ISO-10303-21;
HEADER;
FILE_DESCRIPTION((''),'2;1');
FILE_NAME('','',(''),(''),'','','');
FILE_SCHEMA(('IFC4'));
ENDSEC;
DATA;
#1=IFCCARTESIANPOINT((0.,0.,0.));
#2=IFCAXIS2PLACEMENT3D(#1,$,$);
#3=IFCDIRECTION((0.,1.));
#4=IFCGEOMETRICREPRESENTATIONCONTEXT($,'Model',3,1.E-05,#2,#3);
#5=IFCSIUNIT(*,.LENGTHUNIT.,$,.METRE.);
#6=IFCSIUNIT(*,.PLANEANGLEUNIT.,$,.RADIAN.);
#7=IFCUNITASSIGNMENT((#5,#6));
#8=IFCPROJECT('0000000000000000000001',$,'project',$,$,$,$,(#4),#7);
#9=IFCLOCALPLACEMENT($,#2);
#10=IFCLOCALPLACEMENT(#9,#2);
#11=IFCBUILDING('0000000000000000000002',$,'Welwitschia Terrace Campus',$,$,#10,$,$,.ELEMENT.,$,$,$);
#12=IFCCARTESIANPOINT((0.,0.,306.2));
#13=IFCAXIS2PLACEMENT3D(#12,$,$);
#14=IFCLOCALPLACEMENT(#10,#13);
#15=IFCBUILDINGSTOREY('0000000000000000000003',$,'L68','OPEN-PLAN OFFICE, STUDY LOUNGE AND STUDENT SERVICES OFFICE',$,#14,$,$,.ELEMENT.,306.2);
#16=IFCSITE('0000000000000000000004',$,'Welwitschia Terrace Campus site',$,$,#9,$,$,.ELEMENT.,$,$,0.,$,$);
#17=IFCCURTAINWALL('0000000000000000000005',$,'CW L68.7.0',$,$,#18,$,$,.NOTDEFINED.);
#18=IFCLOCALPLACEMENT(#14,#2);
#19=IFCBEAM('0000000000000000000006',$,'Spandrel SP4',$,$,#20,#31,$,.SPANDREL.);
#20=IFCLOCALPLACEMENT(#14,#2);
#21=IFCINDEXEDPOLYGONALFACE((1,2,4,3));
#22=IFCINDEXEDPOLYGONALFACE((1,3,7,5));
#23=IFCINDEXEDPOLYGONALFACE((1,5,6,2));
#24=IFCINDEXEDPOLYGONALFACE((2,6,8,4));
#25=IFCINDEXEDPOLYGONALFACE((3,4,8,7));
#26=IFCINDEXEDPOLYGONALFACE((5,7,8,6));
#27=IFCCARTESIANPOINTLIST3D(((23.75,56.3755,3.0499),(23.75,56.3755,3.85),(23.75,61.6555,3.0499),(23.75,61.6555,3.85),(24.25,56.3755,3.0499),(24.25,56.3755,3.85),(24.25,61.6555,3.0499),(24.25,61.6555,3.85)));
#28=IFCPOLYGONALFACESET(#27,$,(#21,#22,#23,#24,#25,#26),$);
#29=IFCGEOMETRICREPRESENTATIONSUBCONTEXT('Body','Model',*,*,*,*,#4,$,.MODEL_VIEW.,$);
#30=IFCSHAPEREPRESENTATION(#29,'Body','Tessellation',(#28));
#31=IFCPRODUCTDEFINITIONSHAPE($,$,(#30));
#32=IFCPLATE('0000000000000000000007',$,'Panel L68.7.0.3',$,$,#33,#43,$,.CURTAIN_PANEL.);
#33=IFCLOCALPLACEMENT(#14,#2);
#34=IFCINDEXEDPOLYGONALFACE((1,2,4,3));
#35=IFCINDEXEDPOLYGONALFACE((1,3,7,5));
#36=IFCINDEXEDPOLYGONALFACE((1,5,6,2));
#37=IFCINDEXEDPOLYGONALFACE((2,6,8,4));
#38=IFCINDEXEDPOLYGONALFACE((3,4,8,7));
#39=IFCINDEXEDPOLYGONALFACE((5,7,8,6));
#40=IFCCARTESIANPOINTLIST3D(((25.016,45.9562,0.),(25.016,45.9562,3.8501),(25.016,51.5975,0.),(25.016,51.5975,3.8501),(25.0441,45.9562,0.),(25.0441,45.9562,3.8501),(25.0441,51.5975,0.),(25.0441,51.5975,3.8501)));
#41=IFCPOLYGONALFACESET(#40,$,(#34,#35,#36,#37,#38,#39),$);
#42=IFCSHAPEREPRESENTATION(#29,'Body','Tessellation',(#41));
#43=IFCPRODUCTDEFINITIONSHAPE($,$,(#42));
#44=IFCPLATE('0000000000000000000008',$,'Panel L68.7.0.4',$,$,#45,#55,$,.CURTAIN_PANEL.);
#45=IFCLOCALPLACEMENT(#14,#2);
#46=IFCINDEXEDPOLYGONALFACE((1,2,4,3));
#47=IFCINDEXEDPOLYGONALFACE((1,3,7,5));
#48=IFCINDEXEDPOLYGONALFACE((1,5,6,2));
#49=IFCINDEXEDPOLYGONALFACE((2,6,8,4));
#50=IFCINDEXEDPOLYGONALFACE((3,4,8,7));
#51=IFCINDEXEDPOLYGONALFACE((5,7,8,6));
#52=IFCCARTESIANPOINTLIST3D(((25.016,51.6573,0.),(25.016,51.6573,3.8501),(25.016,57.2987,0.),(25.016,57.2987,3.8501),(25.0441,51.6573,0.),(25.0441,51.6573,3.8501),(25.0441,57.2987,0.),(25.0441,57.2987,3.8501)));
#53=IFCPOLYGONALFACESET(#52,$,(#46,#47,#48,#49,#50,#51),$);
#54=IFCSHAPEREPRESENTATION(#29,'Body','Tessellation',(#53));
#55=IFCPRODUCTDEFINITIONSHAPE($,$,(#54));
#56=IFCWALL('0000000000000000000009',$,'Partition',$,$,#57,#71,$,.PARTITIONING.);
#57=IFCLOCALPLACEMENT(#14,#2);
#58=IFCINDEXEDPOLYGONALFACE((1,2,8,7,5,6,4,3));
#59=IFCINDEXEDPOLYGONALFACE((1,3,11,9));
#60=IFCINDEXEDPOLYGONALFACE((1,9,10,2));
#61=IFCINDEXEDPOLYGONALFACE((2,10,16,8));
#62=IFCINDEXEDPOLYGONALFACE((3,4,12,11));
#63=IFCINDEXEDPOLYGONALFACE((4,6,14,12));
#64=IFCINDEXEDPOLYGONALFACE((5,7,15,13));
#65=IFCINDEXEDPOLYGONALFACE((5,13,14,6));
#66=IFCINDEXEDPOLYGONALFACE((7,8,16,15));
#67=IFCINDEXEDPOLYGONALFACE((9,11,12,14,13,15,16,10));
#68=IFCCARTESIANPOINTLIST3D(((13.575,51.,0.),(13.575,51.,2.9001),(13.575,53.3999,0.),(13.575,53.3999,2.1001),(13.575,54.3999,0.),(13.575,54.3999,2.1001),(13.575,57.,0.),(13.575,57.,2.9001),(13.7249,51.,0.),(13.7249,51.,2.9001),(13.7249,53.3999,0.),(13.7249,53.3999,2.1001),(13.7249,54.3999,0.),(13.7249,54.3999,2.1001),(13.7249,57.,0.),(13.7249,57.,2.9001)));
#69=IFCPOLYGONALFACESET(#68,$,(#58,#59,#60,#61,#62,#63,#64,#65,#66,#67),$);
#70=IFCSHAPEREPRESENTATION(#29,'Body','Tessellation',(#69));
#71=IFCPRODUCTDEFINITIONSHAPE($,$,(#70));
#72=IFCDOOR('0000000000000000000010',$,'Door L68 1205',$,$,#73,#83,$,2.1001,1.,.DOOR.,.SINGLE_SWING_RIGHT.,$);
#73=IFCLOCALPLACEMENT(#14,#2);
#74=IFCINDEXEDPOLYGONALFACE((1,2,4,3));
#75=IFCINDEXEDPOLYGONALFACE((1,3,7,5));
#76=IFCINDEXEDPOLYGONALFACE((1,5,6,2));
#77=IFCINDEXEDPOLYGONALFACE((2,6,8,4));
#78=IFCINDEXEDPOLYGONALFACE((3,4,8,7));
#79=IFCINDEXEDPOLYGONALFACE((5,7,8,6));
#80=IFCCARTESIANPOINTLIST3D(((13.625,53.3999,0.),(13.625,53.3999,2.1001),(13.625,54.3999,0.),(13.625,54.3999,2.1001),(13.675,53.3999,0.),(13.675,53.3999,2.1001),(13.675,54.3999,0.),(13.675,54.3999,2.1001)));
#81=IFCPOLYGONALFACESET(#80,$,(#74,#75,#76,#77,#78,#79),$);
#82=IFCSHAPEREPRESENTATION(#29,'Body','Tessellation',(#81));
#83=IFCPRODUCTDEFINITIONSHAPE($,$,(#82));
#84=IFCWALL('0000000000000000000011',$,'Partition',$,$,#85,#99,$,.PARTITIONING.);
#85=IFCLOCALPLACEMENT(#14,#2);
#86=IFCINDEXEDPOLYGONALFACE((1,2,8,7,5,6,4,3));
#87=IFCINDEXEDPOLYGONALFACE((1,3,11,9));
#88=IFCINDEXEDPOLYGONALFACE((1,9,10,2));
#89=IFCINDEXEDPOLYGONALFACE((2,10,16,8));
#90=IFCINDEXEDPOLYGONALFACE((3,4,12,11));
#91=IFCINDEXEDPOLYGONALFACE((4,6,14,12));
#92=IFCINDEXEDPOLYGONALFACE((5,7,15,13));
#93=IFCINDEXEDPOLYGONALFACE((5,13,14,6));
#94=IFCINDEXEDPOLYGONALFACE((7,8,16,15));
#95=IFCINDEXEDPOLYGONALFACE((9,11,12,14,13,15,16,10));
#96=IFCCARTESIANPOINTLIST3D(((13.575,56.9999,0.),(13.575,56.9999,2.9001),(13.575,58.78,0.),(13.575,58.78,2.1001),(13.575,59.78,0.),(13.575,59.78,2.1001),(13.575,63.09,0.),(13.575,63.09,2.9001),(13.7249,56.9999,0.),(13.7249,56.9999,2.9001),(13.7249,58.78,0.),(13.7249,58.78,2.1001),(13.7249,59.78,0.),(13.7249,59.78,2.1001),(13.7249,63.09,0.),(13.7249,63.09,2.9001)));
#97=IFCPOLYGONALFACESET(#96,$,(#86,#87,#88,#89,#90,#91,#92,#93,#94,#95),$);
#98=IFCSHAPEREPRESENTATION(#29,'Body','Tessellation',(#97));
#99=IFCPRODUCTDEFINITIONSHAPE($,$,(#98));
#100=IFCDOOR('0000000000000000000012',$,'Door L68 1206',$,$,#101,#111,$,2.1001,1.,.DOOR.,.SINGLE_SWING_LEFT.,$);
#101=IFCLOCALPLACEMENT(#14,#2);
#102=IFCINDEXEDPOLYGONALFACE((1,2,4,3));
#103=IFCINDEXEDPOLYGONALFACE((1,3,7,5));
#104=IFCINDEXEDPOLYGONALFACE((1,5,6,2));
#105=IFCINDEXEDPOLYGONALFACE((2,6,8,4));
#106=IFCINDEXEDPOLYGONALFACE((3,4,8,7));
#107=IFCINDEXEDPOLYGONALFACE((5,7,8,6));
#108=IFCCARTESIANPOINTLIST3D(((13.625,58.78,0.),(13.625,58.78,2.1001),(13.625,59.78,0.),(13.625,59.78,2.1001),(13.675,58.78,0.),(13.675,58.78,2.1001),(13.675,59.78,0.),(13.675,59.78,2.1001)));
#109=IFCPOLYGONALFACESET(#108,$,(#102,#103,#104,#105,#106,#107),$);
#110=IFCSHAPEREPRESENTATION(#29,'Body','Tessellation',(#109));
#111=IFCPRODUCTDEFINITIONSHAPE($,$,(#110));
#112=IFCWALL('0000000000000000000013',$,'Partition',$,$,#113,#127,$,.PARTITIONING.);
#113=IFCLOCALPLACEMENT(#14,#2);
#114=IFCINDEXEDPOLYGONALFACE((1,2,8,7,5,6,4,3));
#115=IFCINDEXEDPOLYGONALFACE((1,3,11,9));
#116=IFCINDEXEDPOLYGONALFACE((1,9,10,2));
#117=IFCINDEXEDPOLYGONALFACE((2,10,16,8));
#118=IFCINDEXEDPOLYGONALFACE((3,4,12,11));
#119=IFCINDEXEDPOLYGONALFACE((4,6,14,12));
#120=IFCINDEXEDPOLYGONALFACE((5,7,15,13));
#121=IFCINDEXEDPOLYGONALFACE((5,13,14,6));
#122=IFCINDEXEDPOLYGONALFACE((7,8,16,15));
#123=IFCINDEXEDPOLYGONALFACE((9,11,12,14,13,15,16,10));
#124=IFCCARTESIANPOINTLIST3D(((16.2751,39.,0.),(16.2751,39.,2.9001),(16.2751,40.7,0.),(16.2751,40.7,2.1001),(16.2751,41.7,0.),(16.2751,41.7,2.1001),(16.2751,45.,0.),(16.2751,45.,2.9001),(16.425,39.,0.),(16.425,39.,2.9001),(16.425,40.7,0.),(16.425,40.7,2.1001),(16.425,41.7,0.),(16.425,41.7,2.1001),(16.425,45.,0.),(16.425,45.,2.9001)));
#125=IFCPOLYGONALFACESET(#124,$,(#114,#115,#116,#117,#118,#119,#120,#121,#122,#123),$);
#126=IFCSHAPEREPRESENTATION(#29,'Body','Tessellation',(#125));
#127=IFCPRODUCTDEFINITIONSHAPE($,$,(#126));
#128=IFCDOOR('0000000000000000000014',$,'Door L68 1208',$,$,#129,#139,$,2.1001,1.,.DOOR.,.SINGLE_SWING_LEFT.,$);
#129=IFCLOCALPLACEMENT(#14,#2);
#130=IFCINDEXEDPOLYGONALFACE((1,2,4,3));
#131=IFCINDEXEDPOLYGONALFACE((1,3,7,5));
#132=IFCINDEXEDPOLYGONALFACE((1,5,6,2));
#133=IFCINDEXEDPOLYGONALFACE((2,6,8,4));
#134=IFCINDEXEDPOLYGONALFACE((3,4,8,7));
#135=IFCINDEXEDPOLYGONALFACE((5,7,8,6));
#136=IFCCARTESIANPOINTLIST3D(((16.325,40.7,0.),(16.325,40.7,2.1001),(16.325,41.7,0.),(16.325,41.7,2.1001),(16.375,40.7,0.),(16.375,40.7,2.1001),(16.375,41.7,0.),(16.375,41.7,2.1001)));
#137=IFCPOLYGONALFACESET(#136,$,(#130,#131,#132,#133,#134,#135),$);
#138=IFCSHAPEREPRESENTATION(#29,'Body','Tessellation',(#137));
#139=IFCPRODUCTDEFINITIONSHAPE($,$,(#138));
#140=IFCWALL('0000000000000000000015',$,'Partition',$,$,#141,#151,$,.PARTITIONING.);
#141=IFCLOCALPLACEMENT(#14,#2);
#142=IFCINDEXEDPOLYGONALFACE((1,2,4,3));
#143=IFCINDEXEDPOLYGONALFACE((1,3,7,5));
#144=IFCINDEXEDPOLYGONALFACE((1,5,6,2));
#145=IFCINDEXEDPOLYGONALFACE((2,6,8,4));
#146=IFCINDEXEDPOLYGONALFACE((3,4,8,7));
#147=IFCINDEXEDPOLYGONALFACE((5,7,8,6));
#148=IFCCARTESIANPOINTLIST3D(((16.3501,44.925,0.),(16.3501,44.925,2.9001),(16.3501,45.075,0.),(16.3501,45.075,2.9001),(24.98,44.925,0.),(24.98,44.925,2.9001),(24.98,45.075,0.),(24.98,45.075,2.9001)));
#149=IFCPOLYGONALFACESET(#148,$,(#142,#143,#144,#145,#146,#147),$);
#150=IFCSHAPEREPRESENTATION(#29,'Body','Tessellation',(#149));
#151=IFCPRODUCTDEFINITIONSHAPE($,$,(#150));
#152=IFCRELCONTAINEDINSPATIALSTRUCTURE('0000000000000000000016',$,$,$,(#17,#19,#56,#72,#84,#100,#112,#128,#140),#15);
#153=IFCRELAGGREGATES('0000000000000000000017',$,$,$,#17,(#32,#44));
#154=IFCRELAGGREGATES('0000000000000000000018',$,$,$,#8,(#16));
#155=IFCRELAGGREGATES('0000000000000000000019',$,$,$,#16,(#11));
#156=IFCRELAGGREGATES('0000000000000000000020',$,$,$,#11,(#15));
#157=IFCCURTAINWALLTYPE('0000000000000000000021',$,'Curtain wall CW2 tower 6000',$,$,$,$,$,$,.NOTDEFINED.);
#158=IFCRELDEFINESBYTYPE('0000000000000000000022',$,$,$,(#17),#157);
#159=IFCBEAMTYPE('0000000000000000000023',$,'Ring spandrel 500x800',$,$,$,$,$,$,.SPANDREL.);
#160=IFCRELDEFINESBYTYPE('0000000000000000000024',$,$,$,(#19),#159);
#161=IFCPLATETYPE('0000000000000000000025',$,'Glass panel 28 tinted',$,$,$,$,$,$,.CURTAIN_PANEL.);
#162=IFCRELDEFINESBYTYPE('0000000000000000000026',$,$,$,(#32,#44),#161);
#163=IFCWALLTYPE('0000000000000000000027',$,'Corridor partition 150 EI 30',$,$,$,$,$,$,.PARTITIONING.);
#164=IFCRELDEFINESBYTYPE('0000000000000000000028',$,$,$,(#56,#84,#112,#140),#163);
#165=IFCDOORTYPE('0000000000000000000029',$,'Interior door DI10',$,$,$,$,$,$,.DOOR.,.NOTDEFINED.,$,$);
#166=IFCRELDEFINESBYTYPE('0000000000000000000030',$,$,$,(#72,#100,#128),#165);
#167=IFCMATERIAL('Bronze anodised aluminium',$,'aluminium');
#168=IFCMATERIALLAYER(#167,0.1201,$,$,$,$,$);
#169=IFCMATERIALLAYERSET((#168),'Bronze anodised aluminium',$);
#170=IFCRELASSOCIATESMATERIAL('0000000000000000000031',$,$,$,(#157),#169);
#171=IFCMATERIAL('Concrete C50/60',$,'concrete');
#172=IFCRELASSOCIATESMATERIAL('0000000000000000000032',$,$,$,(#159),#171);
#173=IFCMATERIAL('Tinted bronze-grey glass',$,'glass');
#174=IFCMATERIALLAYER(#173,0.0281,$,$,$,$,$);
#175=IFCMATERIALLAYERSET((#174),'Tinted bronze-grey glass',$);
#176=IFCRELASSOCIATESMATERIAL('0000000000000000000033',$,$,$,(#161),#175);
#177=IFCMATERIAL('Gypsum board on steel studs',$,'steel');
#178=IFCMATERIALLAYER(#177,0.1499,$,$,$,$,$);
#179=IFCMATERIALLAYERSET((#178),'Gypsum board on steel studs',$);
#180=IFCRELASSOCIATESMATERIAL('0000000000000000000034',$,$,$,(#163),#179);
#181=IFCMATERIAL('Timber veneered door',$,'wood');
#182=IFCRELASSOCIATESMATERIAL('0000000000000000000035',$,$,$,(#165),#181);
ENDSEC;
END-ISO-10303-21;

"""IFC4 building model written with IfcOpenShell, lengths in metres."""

from ifc_helpers import new_model, si_unit, direction, frame, frame_2d, origin, origin_2d, place, context, subcontext, project, spatial, rectangle, extrude, material, layer, layer_set, material_profile, profile_set, type_object, element, fill, aggregate, save


model = new_model("IFC4")

# Units and contexts
model_context = context("Model", 3, precision=1e-05, world=origin(), true_north=direction((0.0, 1.0)))
body_context = subcontext(model_context, "Body", "Model", "MODEL_VIEW")
ifc_project = project(units=[si_unit("LENGTHUNIT", "METRE"), si_unit("PLANEANGLEUNIT", "RADIAN")], contexts=[model_context])

# Site, building, storey
site_placement = place(None, origin())
site = spatial("IfcSite", under=ifc_project, at=site_placement, Name="Welwitschia Terrace Campus site", CompositionType="ELEMENT", RefElevation=0.0)
building_placement = place(site_placement, origin())
building = spatial("IfcBuilding", under=site, at=building_placement, Name="Welwitschia Terrace Campus", CompositionType="ELEMENT")
storey_placement = place(building_placement, frame((0.0, 0.0, 306.2)))
storey = spatial("IfcBuildingStorey", under=building, at=storey_placement, Name="L68", Description="OPEN-PLAN OFFICE, STUDY LOUNGE AND STUDENT SERVICES OFFICE", CompositionType="ELEMENT", Elevation=306.2)

# Curtain wall
ifc_material_1 = material(Name="Bronze anodised aluminium", Category="aluminium")
ifc_layer_1 = layer(ifc_material_1, 0.1201)
ifc_layer_set_1 = layer_set([ifc_layer_1], Name="Bronze anodised aluminium")
curtain_wall_type = type_object("IfcCurtainWallType", Name="Curtain wall CW2 tower 6000", PredefinedType="NOTDEFINED", material=ifc_layer_set_1)
curtain_wall_placement = place(storey_placement, origin())
curtain_wall = element("IfcCurtainWall", 1, at=curtain_wall_placement, inside=storey, type_object=curtain_wall_type, Name="CW L68.7.0", PredefinedType="NOTDEFINED")

# Beam
ifc_material_2 = material(Name="Concrete C50/60", Category="concrete")
ifc_material_profile_1 = material_profile(ifc_material_2, rectangle(XDim=0.5, YDim=0.8, at=origin_2d()))
ifc_profile_set_1 = profile_set([ifc_material_profile_1], Name="Concrete C50/60")
beam_type_1 = type_object("IfcBeamType", Name="Ring spandrel 500x800", PredefinedType="SPANDREL", material=ifc_profile_set_1)
beam_1_placement = place(storey_placement, frame((24.0, 56.3755, 3.45), z_axis=(0.0, 1.0, 0.0), x_axis=(-1.0, 0.0, 0.0)))
element("IfcBeam", 2, at=beam_1_placement, inside=storey, type_object=beam_type_1, Name="Spandrel SP4", PredefinedType="SPANDREL", context=body_context, shape_type="SweptSolid", body=[
    extrude(rectangle(XDim=0.5, YDim=0.8, at=origin_2d()), origin(), (0.0, 0.0, 1.0), 5.28),
])

# Plates
ifc_material_3 = material(Name="Tinted bronze-grey glass", Category="glass")
ifc_layer_2 = layer(ifc_material_3, 0.0281)
ifc_layer_set_2 = layer_set([ifc_layer_2], Name="Tinted bronze-grey glass")
plate_type = type_object("IfcPlateType", Name="Glass panel 28 tinted", PredefinedType="CURTAIN_PANEL", material=ifc_layer_set_2)
plate_1_placement = place(storey_placement, frame((25.03, 48.7769, 0.0), z_axis=(0.0, 0.0, 1.0), x_axis=(0.0, 1.0, 0.0)))
plate_1 = element("IfcPlate", 3, at=plate_1_placement, type_object=plate_type, Name="Panel L68.7.0.3", PredefinedType="CURTAIN_PANEL", context=body_context, shape_type="SweptSolid", body=[
    extrude(rectangle(XDim=5.6414, YDim=0.0281, at=origin_2d()), origin(), (0.0, 0.0, 1.0), 3.8501),
])
plate_2_placement = place(storey_placement, frame((25.03, 54.478, 0.0), z_axis=(0.0, 0.0, 1.0), x_axis=(0.0, 1.0, 0.0)))
plate_2 = element("IfcPlate", 4, at=plate_2_placement, type_object=plate_type, Name="Panel L68.7.0.4", PredefinedType="CURTAIN_PANEL", context=body_context, shape_type="SweptSolid", body=[
    extrude(rectangle(XDim=5.6414, YDim=0.0281, at=origin_2d()), origin(), (0.0, 0.0, 1.0), 3.8501),
])
aggregate(curtain_wall, [plate_1, plate_2])

# Walls, openings, doors
ifc_material_4 = material(Name="Gypsum board on steel studs", Category="steel")
ifc_layer_3 = layer(ifc_material_4, 0.1499)
ifc_layer_set_3 = layer_set([ifc_layer_3], Name="Gypsum board on steel studs")
wall_type = type_object("IfcWallType", Name="Corridor partition 150 EI 30", PredefinedType="PARTITIONING", material=ifc_layer_set_3)
wall_1_placement = place(storey_placement, frame((13.6499, 51.0, 0.0), z_axis=(0.0, 0.0, 1.0), x_axis=(0.0, 1.0, 0.0)))
wall_1 = element("IfcWall", 5, at=wall_1_placement, inside=storey, type_object=wall_type, Name="Partition", PredefinedType="PARTITIONING", context=body_context, shape_type="SweptSolid", body=[
    extrude(rectangle(XDim=6.0, YDim=0.1499, at=frame_2d((3.0, 0.0))), origin(), (0.0, 0.0, 1.0), 2.9001),
])
opening_1_placement = place(wall_1_placement, frame((2.3999, 0.0, 0.0)))
opening_1 = element("IfcOpeningElement", 6, at=opening_1_placement, cuts=wall_1, PredefinedType="OPENING", context=body_context, shape_type="SweptSolid", body=[
    extrude(rectangle(XDim=1.0, YDim=2.1001, at=frame_2d((0.5, 1.05))), frame((0.0, 0.085, 0.0), z_axis=(0.0, -1.0, 0.0), x_axis=(1.0, 0.0, 0.0)), (0.0, 0.0, 1.0), 0.1699),
])
ifc_material_5 = material(Name="Timber veneered door", Category="wood")
door_type_1 = type_object("IfcDoorType", Name="Interior door DI10", OperationType="NOTDEFINED", PredefinedType="DOOR", material=ifc_material_5)
door_1_placement = place(opening_1_placement, origin())
door_1 = element("IfcDoor", 7, at=door_1_placement, inside=storey, type_object=door_type_1, Name="Door L68 1205", OperationType="SINGLE_SWING_RIGHT", OverallHeight=2.1001, OverallWidth=1.0, PredefinedType="DOOR", context=body_context, shape_type="SweptSolid", body=[
    extrude(rectangle(XDim=1.0, YDim=2.1001, at=frame_2d((0.5, 1.05))), frame((0.0, 0.0249, 0.0), z_axis=(0.0, -1.0, 0.0), x_axis=(1.0, 0.0, 0.0)), (0.0, 0.0, 1.0), 0.05),
])
fill(opening_1, door_1)
wall_2_placement = place(storey_placement, frame((13.6499, 57.0, 0.0), z_axis=(0.0, 0.0, 1.0), x_axis=(0.0, 1.0, 0.0)))
wall_2 = element("IfcWall", 8, at=wall_2_placement, inside=storey, type_object=wall_type, Name="Partition", PredefinedType="PARTITIONING", context=body_context, shape_type="SweptSolid", body=[
    extrude(rectangle(XDim=6.0901, YDim=0.1499, at=frame_2d((3.0449, 0.0))), origin(), (0.0, 0.0, 1.0), 2.9001),
])
opening_2_placement = place(wall_2_placement, frame((1.78, 0.0, 0.0)))
opening_2 = element("IfcOpeningElement", 9, at=opening_2_placement, cuts=wall_2, PredefinedType="OPENING", context=body_context, shape_type="SweptSolid", body=[
    extrude(rectangle(XDim=1.0, YDim=2.1001, at=frame_2d((0.5, 1.05))), frame((0.0, 0.085, 0.0), z_axis=(0.0, -1.0, 0.0), x_axis=(1.0, 0.0, 0.0)), (0.0, 0.0, 1.0), 0.1699),
])
door_2_placement = place(opening_2_placement, origin())
door_2 = element("IfcDoor", 10, at=door_2_placement, inside=storey, type_object=door_type_1, Name="Door L68 1206", OperationType="SINGLE_SWING_LEFT", OverallHeight=2.1001, OverallWidth=1.0, PredefinedType="DOOR", context=body_context, shape_type="SweptSolid", body=[
    extrude(rectangle(XDim=1.0, YDim=2.1001, at=frame_2d((0.5, 1.05))), frame((0.0, 0.0249, 0.0), z_axis=(0.0, -1.0, 0.0), x_axis=(1.0, 0.0, 0.0)), (0.0, 0.0, 1.0), 0.05),
])
fill(opening_2, door_2)
wall_3_placement = place(storey_placement, frame((16.3501, 45.0, 0.0), z_axis=(0.0, 0.0, 1.0), x_axis=(0.0, -1.0, 0.0)))
wall_3 = element("IfcWall", 11, at=wall_3_placement, inside=storey, type_object=wall_type, Name="Partition", PredefinedType="PARTITIONING", context=body_context, shape_type="SweptSolid", body=[
    extrude(rectangle(XDim=6.0, YDim=0.1499, at=frame_2d((3.0, 0.0))), origin(), (0.0, 0.0, 1.0), 2.9001),
])
opening_3_placement = place(wall_3_placement, frame((3.3, 0.0, 0.0)))
opening_3 = element("IfcOpeningElement", 12, at=opening_3_placement, cuts=wall_3, PredefinedType="OPENING", context=body_context, shape_type="SweptSolid", body=[
    extrude(rectangle(XDim=1.0, YDim=2.1001, at=frame_2d((0.5, 1.05))), frame((0.0, 0.085, 0.0), z_axis=(0.0, -1.0, 0.0), x_axis=(1.0, 0.0, 0.0)), (0.0, 0.0, 1.0), 0.1699),
])
door_3_placement = place(opening_3_placement, origin())
door_3 = element("IfcDoor", 13, at=door_3_placement, inside=storey, type_object=door_type_1, Name="Door L68 1208", OperationType="SINGLE_SWING_LEFT", OverallHeight=2.1001, OverallWidth=1.0, PredefinedType="DOOR", context=body_context, shape_type="SweptSolid", body=[
    extrude(rectangle(XDim=1.0, YDim=2.1001, at=frame_2d((0.5, 1.05))), frame((0.0, 0.0249, 0.0), z_axis=(0.0, -1.0, 0.0), x_axis=(1.0, 0.0, 0.0)), (0.0, 0.0, 1.0), 0.05),
])
fill(opening_3, door_3)

# Wall
wall_4_placement = place(storey_placement, frame((16.3501, 45.0, 0.0), z_axis=(0.0, 0.0, 1.0), x_axis=(1.0, 0.0, 0.0)))
element("IfcWall", 14, at=wall_4_placement, inside=storey, type_object=wall_type, Name="Partition", PredefinedType="PARTITIONING", context=body_context, shape_type="SweptSolid", body=[
    extrude(rectangle(XDim=8.6299, YDim=0.1499, at=frame_2d((4.3149, 0.0))), origin(), (0.0, 0.0, 1.0), 2.9001),
])

save(model, "model.ifc")
